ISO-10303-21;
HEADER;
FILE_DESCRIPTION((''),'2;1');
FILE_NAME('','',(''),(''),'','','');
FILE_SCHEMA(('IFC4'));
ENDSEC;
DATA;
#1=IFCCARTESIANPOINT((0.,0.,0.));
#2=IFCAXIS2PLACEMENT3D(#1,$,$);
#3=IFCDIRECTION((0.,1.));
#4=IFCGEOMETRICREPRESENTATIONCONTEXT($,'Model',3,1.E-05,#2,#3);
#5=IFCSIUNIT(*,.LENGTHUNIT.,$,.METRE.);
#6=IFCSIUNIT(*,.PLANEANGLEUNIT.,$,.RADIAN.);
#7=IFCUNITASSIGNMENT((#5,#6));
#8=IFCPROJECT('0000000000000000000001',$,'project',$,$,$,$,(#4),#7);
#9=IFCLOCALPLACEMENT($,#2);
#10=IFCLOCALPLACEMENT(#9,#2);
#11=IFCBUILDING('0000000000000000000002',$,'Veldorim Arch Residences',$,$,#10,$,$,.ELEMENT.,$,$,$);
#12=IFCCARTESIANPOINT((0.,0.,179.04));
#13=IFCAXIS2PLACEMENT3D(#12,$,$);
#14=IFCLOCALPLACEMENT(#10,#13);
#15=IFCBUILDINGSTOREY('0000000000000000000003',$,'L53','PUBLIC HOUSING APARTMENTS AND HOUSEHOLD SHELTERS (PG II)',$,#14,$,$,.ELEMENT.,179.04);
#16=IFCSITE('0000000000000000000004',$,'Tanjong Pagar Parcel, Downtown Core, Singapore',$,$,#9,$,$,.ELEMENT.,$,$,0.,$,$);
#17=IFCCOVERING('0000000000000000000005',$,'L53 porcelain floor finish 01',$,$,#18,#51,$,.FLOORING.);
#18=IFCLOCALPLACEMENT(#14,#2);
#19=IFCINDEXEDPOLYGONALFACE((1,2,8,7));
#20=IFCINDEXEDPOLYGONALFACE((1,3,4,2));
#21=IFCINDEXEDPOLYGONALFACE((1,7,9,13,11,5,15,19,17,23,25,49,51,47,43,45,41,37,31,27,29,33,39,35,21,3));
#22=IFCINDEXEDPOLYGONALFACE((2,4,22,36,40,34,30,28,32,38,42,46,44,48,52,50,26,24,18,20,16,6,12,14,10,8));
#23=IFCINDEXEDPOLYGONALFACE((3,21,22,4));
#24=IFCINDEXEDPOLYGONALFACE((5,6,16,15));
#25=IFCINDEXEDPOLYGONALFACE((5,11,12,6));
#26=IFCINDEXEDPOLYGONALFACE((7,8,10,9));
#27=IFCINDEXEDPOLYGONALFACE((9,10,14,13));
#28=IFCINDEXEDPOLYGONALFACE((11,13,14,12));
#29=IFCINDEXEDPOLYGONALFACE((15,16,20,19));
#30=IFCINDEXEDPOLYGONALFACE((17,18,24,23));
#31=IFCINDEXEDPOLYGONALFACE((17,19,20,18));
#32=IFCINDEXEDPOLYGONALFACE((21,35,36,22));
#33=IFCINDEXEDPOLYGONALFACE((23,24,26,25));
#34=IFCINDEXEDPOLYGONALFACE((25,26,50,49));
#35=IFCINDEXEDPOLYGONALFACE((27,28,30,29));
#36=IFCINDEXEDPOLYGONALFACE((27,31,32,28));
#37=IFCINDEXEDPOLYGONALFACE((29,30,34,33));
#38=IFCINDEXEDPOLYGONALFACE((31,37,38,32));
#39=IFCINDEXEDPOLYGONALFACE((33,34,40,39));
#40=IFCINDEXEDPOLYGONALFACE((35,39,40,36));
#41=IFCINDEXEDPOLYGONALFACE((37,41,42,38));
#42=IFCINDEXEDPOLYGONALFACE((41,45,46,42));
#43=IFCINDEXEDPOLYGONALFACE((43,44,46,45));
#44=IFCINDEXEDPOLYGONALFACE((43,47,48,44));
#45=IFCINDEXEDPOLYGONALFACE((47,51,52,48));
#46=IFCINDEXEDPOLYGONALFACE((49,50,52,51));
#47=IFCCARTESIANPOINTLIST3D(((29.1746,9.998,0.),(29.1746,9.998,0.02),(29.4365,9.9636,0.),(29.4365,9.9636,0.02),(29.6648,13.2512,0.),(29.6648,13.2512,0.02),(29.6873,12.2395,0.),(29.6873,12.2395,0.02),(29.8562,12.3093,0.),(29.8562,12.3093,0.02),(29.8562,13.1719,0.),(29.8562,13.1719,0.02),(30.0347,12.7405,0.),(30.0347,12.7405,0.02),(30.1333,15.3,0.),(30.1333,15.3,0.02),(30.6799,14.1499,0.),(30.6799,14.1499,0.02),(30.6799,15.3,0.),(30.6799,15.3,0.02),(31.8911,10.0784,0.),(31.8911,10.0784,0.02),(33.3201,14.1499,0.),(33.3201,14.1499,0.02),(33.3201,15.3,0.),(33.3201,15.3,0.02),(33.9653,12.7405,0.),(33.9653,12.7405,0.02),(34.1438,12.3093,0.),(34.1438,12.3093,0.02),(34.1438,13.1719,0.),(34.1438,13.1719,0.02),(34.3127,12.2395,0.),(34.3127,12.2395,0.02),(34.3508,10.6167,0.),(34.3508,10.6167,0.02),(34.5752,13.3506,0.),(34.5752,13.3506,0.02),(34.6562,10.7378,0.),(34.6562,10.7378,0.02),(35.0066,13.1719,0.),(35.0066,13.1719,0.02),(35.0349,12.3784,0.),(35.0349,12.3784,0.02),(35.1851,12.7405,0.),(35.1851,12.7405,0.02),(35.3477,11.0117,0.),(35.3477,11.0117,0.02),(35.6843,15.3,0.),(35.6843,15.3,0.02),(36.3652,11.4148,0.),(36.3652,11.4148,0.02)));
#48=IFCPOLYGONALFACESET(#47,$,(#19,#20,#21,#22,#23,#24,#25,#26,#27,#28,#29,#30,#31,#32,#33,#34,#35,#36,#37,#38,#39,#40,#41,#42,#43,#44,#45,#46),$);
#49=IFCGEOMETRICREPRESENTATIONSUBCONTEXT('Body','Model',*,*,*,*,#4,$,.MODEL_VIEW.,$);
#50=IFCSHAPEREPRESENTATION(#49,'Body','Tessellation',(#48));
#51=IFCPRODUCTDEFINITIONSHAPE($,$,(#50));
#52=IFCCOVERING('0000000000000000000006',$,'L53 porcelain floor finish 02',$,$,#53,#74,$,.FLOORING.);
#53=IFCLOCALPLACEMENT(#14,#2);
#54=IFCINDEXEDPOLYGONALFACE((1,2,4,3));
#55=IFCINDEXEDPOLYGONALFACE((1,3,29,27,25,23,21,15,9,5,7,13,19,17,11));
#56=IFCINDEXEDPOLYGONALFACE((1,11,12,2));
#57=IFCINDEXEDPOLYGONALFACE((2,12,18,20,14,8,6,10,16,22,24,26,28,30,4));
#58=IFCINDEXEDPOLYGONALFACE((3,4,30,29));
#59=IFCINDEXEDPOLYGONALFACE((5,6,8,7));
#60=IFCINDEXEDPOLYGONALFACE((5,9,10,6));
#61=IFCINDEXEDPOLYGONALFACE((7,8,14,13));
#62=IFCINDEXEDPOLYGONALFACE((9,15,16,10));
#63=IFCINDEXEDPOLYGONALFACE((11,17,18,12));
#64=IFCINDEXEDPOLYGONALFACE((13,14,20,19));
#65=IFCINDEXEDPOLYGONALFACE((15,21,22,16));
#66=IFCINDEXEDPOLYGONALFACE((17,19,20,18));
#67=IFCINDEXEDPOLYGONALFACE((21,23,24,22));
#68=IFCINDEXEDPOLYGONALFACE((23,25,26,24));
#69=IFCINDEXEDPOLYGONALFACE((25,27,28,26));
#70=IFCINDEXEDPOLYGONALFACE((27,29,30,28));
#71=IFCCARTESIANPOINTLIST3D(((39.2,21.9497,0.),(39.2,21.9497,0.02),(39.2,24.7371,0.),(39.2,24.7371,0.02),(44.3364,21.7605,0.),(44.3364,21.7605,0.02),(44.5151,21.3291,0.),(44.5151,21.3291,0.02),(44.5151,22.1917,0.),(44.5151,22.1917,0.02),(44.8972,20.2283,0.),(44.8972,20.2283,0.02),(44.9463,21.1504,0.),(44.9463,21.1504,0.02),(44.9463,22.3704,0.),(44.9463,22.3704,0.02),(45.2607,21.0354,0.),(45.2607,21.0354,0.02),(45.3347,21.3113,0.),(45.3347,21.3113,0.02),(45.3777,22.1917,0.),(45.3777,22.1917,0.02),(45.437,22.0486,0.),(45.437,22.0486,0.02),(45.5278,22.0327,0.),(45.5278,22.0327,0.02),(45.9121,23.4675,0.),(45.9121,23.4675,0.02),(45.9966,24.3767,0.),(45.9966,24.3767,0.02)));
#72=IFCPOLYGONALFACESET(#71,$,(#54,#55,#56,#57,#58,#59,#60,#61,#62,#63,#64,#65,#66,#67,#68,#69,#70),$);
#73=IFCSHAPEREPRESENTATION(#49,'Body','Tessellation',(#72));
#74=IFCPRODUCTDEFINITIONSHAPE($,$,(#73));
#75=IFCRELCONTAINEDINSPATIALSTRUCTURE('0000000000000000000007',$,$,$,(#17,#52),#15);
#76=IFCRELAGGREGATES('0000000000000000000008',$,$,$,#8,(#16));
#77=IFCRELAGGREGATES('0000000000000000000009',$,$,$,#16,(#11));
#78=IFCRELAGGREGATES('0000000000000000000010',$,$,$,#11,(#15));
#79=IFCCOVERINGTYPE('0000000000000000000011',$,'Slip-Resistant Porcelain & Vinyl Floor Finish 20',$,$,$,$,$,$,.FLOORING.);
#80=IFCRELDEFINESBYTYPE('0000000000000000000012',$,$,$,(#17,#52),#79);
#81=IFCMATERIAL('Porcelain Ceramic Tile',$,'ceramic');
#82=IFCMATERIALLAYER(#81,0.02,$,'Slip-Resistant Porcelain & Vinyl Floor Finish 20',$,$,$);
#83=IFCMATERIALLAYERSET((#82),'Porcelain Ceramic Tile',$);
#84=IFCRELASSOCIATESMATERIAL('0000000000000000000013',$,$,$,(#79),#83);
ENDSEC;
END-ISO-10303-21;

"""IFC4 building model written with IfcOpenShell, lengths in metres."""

from ifc_helpers import new_model, si_unit, direction, frame, origin, place, context, subcontext, project, spatial, polyline, outline, extrude, material, layer, layer_set, type_object, element, save


model = new_model("IFC4")

# Units and contexts
model_context = context("Model", 3, precision=1e-05, world=origin(), true_north=direction((0.0, 1.0)))
body_context = subcontext(model_context, "Body", "Model", "MODEL_VIEW")
ifc_project = project(units=[si_unit("LENGTHUNIT", "METRE"), si_unit("PLANEANGLEUNIT", "RADIAN")], contexts=[model_context])

# Site, building, storey
site_placement = place(None, origin())
site = spatial("IfcSite", under=ifc_project, at=site_placement, Name="Tanjong Pagar Parcel, Downtown Core, Singapore", CompositionType="ELEMENT", RefElevation=0.0)
building_placement = place(site_placement, origin())
building = spatial("IfcBuilding", under=site, at=building_placement, Name="Veldorim Arch Residences", CompositionType="ELEMENT")
storey_placement = place(building_placement, frame((0.0, 0.0, 179.04)))
storey = spatial("IfcBuildingStorey", under=building, at=storey_placement, Name="L53", Description="PUBLIC HOUSING APARTMENTS AND HOUSEHOLD SHELTERS (PG II)", CompositionType="ELEMENT", Elevation=179.04)

# Coverings
ifc_material_1 = material(Name="Porcelain Ceramic Tile", Category="ceramic")
ifc_layer_1 = layer(ifc_material_1, 0.02, Name="Slip-Resistant Porcelain & Vinyl Floor Finish 20")
ifc_layer_set_1 = layer_set([ifc_layer_1], Name="Porcelain Ceramic Tile")
covering_type_1 = type_object("IfcCoveringType", Name="Slip-Resistant Porcelain & Vinyl Floor Finish 20", PredefinedType="FLOORING", material=ifc_layer_set_1)
covering_1_placement = place(storey_placement, origin())
element("IfcCovering", 1, at=covering_1_placement, inside=storey, type_object=covering_type_1, Name="L53 porcelain floor finish 01", PredefinedType="FLOORING", context=body_context, shape_type="SweptSolid", body=[
    extrude(outline(polyline([(35.1851, 12.7405), (35.0066, 13.1719), (34.5752, 13.3506), (34.1438, 13.1719), (33.9653, 12.7405), (34.1438, 12.3093), (34.3127, 12.2395), (34.6562, 10.7378), (34.3508, 10.6167), (31.8911, 10.0784), (29.4365, 9.9636), (29.1746, 9.998), (29.6873, 12.2395), (29.8562, 12.3093), (30.0347, 12.7405), (29.8562, 13.1719), (29.6648, 13.2512), (30.1333, 15.3), (30.6799, 15.3), (30.6799, 14.1499), (33.3201, 14.1499), (33.3201, 15.3), (35.6843, 15.3), (36.3652, 11.4148), (35.3477, 11.0117), (35.0349, 12.3784), (35.1851, 12.7405)])), origin(), (0.0, 0.0, 1.0), 0.02),
])
covering_2_placement = place(storey_placement, origin())
element("IfcCovering", 2, at=covering_2_placement, inside=storey, type_object=covering_type_1, Name="L53 porcelain floor finish 02", PredefinedType="FLOORING", context=body_context, shape_type="SweptSolid", body=[
    extrude(outline(polyline([(45.2607, 21.0354), (44.8972, 20.2283), (39.2, 21.9497), (39.2, 24.7371), (45.9966, 24.3767), (45.9121, 23.4675), (45.5278, 22.0327), (45.437, 22.0486), (45.3777, 22.1917), (44.9463, 22.3704), (44.5151, 22.1917), (44.3364, 21.7605), (44.5151, 21.3291), (44.9463, 21.1504), (45.3347, 21.3113), (45.2607, 21.0354)])), origin(), (0.0, 0.0, 1.0), 0.02),
])

save(model, "model.ifc")
